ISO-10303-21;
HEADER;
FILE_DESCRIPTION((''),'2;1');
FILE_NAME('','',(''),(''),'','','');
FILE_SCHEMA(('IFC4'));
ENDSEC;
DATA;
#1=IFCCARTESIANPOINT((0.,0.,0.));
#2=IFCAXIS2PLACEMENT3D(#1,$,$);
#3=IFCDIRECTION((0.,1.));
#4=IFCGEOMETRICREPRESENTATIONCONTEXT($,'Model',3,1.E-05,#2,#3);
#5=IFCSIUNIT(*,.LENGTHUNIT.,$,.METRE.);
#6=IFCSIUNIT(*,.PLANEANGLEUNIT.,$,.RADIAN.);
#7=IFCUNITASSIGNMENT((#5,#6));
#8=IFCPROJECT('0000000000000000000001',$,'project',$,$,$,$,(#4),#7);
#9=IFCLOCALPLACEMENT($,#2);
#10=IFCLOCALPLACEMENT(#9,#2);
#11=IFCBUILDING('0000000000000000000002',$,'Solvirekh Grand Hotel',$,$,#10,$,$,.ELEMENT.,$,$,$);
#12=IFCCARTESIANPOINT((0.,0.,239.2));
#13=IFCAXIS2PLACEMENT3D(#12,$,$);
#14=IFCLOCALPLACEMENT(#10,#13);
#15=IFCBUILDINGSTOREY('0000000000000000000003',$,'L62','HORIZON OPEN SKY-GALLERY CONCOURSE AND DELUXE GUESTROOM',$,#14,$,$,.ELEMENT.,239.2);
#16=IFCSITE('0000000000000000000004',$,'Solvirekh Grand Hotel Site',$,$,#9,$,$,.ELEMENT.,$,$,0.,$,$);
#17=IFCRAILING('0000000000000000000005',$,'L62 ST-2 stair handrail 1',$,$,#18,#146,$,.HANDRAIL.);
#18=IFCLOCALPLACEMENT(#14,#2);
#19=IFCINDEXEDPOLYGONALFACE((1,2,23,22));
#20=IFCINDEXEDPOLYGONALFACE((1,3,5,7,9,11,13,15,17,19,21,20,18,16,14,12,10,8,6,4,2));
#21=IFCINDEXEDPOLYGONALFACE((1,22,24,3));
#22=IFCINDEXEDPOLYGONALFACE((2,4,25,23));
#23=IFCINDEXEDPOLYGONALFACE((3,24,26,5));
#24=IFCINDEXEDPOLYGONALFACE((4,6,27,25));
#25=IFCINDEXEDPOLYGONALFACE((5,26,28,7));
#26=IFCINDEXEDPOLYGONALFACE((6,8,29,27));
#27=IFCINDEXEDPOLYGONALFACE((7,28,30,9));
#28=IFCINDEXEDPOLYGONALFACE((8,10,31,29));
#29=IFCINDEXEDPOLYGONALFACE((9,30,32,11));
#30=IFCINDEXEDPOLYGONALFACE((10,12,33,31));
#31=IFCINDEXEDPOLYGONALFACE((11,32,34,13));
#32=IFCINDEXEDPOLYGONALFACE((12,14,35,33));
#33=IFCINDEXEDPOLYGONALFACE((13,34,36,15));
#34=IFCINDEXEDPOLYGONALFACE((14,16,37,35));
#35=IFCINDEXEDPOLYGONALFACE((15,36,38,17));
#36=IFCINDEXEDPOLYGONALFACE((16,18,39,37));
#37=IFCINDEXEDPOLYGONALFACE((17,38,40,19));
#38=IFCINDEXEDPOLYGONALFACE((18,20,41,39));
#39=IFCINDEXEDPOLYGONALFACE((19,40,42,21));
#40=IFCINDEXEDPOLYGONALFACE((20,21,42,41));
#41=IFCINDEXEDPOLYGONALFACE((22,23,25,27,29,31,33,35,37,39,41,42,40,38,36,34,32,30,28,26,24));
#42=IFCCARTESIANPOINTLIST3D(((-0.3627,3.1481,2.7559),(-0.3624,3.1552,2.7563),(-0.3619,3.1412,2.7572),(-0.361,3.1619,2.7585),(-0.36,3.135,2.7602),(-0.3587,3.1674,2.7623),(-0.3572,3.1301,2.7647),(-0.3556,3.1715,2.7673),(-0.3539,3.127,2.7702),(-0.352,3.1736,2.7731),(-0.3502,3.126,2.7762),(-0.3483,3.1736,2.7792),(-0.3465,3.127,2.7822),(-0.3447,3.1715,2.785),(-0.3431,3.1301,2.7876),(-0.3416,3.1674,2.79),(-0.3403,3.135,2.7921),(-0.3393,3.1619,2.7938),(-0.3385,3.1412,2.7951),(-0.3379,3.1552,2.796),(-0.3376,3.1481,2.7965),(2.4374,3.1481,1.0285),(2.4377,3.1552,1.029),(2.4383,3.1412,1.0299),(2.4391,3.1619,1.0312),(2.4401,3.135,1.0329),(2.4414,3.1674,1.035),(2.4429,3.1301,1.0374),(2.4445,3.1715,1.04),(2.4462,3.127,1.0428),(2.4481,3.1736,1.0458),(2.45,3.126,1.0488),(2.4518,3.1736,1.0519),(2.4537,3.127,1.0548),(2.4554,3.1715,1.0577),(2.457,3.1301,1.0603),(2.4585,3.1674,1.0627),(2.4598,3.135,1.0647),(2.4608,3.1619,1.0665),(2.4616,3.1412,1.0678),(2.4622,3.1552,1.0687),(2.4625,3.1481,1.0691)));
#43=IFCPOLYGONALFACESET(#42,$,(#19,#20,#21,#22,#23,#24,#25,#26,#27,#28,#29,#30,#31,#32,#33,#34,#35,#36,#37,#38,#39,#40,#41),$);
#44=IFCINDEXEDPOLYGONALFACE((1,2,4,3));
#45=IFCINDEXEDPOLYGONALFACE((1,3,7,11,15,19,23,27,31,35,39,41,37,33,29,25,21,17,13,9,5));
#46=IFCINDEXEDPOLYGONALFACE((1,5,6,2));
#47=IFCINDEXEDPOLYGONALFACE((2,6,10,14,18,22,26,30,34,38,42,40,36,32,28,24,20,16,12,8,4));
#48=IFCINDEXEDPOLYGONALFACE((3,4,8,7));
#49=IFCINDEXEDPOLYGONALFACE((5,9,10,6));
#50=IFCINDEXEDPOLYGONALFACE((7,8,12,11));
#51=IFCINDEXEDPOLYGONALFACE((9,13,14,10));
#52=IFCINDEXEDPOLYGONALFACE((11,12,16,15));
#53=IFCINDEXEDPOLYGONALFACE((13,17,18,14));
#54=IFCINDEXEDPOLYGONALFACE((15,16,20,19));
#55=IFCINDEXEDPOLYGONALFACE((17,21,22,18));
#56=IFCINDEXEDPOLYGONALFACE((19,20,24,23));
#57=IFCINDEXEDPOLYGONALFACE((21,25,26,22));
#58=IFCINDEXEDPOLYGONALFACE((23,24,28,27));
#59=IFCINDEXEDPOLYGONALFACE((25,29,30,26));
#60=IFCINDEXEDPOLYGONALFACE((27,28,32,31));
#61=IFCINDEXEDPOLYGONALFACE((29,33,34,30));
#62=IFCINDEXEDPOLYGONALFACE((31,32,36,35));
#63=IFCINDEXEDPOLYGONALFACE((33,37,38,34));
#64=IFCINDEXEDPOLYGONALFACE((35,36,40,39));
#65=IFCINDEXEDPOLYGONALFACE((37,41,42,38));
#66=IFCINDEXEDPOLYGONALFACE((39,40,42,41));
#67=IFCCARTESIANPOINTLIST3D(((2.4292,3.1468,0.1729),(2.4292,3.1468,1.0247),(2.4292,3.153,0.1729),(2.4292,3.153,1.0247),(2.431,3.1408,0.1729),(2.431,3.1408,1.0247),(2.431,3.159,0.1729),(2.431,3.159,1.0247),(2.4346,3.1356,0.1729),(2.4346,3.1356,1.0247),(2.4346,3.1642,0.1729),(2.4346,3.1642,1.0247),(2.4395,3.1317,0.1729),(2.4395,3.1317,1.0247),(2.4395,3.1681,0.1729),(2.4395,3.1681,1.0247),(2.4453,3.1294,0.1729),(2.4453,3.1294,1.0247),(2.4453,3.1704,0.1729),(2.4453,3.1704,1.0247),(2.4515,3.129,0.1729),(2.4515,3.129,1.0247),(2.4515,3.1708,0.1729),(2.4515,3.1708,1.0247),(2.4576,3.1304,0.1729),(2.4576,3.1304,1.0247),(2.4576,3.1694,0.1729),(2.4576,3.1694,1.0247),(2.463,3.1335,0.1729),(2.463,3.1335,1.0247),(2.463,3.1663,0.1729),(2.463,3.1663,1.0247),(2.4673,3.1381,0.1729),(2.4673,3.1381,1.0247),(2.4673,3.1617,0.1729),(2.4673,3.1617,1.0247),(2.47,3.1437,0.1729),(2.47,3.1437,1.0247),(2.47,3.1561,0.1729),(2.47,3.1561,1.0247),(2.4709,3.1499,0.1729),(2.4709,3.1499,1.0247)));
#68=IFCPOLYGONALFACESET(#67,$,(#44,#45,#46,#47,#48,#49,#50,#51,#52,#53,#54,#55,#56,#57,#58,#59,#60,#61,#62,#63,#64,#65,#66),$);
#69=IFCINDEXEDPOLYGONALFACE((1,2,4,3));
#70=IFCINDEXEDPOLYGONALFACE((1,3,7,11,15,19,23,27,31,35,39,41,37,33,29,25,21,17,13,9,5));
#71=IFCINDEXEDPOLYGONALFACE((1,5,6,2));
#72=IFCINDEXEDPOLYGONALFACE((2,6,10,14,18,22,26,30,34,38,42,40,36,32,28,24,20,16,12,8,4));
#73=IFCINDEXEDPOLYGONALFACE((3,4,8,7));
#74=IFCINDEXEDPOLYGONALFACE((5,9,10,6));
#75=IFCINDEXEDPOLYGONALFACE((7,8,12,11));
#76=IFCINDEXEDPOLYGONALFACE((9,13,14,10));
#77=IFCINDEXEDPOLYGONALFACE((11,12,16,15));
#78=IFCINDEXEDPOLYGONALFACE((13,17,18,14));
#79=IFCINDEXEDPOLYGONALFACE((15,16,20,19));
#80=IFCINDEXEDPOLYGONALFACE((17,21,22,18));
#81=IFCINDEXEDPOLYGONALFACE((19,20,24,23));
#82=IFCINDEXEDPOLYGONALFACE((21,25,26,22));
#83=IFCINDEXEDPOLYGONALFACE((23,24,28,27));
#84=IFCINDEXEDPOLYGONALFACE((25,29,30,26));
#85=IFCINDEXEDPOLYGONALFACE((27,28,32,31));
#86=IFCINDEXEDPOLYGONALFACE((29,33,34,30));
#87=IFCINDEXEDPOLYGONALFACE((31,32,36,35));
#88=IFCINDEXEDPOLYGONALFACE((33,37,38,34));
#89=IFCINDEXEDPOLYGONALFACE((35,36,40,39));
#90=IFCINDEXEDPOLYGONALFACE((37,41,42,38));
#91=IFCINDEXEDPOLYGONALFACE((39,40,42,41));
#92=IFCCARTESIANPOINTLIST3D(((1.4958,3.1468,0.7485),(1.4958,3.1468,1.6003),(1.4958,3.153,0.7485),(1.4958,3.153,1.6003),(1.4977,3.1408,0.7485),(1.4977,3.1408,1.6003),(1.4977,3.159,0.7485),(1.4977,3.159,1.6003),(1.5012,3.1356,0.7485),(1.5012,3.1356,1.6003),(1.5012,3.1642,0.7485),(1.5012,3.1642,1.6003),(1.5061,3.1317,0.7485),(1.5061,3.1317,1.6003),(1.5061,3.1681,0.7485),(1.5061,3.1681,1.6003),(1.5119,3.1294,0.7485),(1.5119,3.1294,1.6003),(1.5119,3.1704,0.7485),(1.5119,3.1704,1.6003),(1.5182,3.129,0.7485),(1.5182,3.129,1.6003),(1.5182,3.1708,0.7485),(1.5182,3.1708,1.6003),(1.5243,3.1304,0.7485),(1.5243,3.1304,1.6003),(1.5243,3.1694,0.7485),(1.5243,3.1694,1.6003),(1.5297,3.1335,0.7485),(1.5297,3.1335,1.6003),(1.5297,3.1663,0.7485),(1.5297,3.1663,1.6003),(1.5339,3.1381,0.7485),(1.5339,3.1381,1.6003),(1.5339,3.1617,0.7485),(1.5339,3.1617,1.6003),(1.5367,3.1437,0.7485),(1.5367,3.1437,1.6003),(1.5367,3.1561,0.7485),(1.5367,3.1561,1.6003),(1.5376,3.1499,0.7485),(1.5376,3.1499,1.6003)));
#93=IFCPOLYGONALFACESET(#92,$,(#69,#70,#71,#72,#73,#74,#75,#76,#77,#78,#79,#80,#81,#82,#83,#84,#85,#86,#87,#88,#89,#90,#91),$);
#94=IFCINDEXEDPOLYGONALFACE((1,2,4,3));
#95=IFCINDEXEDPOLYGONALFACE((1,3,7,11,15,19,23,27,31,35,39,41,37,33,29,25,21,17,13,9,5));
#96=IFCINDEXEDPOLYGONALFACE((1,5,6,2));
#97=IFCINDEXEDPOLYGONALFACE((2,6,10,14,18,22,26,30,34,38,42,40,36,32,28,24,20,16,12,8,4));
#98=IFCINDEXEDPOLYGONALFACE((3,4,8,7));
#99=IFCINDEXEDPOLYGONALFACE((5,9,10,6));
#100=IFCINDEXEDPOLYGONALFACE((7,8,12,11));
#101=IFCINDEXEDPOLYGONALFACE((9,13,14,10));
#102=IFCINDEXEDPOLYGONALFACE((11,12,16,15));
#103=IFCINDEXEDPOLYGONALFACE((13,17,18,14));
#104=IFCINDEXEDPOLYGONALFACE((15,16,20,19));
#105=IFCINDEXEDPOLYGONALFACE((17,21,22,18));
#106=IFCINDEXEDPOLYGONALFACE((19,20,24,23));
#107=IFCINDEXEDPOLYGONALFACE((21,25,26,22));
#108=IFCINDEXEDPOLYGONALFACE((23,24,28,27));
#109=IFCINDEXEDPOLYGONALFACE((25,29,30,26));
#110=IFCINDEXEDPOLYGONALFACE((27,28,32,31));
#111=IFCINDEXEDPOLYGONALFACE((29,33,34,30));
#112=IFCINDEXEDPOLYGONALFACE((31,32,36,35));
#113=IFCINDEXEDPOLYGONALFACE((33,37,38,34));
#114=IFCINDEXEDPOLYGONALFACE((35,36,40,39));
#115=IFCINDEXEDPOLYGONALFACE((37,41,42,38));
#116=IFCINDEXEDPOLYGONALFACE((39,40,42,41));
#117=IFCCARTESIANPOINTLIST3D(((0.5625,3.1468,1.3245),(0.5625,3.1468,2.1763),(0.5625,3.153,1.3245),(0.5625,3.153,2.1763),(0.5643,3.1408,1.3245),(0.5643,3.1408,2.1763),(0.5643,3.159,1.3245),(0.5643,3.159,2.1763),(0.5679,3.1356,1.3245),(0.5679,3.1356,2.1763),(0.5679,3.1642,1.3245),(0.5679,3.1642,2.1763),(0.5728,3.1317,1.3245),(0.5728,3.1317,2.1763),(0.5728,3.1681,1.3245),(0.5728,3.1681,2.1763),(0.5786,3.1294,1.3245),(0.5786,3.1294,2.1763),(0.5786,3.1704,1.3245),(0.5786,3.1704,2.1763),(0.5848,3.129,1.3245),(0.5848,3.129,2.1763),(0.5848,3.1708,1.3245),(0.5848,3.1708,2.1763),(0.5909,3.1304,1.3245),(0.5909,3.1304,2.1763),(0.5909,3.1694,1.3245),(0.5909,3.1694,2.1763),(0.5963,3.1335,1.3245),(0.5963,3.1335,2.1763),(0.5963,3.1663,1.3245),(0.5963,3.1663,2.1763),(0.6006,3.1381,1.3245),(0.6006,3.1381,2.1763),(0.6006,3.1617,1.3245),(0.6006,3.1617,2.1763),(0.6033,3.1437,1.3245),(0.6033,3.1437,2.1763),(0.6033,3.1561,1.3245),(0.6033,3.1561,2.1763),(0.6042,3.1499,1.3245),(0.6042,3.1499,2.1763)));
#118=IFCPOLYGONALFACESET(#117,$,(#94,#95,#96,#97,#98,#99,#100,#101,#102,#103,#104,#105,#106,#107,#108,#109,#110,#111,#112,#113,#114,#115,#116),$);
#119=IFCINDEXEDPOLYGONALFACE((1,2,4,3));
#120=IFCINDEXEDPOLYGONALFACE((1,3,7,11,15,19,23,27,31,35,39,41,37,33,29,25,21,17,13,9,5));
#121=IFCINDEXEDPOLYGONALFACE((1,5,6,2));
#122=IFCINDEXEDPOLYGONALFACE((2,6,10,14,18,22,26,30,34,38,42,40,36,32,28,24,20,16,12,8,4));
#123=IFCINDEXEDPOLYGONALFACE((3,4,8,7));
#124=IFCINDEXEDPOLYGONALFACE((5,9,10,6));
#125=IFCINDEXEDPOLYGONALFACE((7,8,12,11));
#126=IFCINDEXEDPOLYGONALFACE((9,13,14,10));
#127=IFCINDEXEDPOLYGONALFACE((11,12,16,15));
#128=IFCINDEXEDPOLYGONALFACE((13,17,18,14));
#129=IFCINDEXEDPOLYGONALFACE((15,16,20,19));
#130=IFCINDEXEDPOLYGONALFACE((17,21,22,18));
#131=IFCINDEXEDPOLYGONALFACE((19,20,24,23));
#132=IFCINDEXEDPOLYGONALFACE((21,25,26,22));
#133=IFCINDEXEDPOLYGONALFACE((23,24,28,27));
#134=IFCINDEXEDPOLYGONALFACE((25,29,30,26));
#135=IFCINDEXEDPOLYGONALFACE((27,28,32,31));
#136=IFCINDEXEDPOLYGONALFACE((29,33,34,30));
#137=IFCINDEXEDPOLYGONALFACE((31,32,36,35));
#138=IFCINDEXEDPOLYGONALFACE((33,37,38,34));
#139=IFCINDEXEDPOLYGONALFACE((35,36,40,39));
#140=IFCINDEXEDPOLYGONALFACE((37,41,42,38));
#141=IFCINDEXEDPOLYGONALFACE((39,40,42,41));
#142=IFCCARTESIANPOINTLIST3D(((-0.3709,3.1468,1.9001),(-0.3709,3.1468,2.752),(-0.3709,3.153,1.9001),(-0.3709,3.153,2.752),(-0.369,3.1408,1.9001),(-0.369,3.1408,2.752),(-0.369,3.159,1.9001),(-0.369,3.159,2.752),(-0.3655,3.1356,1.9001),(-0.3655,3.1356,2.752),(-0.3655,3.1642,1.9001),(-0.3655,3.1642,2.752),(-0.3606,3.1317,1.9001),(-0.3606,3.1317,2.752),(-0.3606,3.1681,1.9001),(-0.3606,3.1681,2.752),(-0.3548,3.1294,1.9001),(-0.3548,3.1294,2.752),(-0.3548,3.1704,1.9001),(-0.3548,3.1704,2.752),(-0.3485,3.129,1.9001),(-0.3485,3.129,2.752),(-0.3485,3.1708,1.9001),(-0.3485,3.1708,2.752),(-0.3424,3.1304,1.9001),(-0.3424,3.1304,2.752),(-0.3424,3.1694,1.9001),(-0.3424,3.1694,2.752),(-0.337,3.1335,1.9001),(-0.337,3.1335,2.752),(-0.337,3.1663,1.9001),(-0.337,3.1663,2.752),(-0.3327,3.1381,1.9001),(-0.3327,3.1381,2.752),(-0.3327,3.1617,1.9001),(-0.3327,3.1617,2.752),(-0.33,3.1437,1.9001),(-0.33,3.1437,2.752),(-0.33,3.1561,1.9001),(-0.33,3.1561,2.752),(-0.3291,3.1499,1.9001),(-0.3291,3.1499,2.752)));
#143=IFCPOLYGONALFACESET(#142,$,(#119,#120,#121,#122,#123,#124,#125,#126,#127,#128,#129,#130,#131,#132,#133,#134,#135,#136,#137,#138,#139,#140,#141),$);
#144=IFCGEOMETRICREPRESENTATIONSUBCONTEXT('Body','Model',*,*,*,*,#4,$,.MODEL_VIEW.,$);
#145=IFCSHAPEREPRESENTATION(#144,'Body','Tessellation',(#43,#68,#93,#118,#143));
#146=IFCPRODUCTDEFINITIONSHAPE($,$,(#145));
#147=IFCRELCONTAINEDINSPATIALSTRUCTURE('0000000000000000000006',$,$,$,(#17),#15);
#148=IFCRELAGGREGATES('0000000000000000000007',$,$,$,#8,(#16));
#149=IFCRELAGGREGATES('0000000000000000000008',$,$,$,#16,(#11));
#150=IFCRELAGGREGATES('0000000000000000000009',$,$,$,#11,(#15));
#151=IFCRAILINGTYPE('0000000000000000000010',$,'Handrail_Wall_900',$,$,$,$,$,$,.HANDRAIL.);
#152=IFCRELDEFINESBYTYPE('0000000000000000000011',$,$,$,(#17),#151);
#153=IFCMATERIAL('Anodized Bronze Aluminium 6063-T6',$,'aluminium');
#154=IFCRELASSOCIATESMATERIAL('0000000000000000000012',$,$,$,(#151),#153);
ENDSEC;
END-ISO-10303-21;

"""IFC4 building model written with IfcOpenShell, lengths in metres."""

from ifc_helpers import new_model, si_unit, direction, frame, origin, origin_2d, place, context, subcontext, project, spatial, circle, extrude, material, type_object, element, save


model = new_model("IFC4")

# Units and contexts
model_context = context("Model", 3, precision=1e-05, world=origin(), true_north=direction((0.0, 1.0)))
body_context = subcontext(model_context, "Body", "Model", "MODEL_VIEW")
ifc_project = project(units=[si_unit("LENGTHUNIT", "METRE"), si_unit("PLANEANGLEUNIT", "RADIAN")], contexts=[model_context])

# Site, building, storey
site_placement = place(None, origin())
site = spatial("IfcSite", under=ifc_project, at=site_placement, Name="Solvirekh Grand Hotel Site", CompositionType="ELEMENT", RefElevation=0.0)
building_placement = place(site_placement, origin())
building = spatial("IfcBuilding", under=site, at=building_placement, Name="Solvirekh Grand Hotel", CompositionType="ELEMENT")
storey_placement = place(building_placement, frame((0.0, 0.0, 239.2)))
storey = spatial("IfcBuildingStorey", under=building, at=storey_placement, Name="L62", Description="HORIZON OPEN SKY-GALLERY CONCOURSE AND DELUXE GUESTROOM", CompositionType="ELEMENT", Elevation=239.2)

# Shared definitions
ifc_material_1 = material(Name="Anodized Bronze Aluminium 6063-T6", Category="aluminium")

# Railing
railing_type_1 = type_object("IfcRailingType", Name="Handrail_Wall_900", PredefinedType="HANDRAIL", material=ifc_material_1)
railing_1_placement = place(storey_placement, frame((2.45, 3.1499, 0.1729)))
element("IfcRailing", 1, at=railing_1_placement, inside=storey, type_object=railing_type_1, Name="L62 ST-2 stair handrail 1", PredefinedType="HANDRAIL", context=body_context, shape_type="SweptSolid", body=[
    extrude(circle(Radius=0.0239, at=origin_2d()), frame((0.0, 0.0, 0.876), z_axis=(-0.85109, 0.0, 0.52502), x_axis=(0.0, -1.0, 0.0)), (0.0, 0.0, 1.0), 3.29),
    extrude(circle(Radius=0.021, at=origin_2d()), origin(), (0.0, 0.0, 1.0), 0.8518),
    extrude(circle(Radius=0.021, at=origin_2d()), frame((-0.9333, 0.0, 0.5757)), (0.0, 0.0, 1.0), 0.8518),
    extrude(circle(Radius=0.021, at=origin_2d()), frame((-1.8667, 0.0, 1.1516)), (0.0, 0.0, 1.0), 0.8518),
    extrude(circle(Radius=0.021, at=origin_2d()), frame((-2.8, 0.0, 1.7273)), (0.0, 0.0, 1.0), 0.8518),
])

save(model, "model.ifc")
